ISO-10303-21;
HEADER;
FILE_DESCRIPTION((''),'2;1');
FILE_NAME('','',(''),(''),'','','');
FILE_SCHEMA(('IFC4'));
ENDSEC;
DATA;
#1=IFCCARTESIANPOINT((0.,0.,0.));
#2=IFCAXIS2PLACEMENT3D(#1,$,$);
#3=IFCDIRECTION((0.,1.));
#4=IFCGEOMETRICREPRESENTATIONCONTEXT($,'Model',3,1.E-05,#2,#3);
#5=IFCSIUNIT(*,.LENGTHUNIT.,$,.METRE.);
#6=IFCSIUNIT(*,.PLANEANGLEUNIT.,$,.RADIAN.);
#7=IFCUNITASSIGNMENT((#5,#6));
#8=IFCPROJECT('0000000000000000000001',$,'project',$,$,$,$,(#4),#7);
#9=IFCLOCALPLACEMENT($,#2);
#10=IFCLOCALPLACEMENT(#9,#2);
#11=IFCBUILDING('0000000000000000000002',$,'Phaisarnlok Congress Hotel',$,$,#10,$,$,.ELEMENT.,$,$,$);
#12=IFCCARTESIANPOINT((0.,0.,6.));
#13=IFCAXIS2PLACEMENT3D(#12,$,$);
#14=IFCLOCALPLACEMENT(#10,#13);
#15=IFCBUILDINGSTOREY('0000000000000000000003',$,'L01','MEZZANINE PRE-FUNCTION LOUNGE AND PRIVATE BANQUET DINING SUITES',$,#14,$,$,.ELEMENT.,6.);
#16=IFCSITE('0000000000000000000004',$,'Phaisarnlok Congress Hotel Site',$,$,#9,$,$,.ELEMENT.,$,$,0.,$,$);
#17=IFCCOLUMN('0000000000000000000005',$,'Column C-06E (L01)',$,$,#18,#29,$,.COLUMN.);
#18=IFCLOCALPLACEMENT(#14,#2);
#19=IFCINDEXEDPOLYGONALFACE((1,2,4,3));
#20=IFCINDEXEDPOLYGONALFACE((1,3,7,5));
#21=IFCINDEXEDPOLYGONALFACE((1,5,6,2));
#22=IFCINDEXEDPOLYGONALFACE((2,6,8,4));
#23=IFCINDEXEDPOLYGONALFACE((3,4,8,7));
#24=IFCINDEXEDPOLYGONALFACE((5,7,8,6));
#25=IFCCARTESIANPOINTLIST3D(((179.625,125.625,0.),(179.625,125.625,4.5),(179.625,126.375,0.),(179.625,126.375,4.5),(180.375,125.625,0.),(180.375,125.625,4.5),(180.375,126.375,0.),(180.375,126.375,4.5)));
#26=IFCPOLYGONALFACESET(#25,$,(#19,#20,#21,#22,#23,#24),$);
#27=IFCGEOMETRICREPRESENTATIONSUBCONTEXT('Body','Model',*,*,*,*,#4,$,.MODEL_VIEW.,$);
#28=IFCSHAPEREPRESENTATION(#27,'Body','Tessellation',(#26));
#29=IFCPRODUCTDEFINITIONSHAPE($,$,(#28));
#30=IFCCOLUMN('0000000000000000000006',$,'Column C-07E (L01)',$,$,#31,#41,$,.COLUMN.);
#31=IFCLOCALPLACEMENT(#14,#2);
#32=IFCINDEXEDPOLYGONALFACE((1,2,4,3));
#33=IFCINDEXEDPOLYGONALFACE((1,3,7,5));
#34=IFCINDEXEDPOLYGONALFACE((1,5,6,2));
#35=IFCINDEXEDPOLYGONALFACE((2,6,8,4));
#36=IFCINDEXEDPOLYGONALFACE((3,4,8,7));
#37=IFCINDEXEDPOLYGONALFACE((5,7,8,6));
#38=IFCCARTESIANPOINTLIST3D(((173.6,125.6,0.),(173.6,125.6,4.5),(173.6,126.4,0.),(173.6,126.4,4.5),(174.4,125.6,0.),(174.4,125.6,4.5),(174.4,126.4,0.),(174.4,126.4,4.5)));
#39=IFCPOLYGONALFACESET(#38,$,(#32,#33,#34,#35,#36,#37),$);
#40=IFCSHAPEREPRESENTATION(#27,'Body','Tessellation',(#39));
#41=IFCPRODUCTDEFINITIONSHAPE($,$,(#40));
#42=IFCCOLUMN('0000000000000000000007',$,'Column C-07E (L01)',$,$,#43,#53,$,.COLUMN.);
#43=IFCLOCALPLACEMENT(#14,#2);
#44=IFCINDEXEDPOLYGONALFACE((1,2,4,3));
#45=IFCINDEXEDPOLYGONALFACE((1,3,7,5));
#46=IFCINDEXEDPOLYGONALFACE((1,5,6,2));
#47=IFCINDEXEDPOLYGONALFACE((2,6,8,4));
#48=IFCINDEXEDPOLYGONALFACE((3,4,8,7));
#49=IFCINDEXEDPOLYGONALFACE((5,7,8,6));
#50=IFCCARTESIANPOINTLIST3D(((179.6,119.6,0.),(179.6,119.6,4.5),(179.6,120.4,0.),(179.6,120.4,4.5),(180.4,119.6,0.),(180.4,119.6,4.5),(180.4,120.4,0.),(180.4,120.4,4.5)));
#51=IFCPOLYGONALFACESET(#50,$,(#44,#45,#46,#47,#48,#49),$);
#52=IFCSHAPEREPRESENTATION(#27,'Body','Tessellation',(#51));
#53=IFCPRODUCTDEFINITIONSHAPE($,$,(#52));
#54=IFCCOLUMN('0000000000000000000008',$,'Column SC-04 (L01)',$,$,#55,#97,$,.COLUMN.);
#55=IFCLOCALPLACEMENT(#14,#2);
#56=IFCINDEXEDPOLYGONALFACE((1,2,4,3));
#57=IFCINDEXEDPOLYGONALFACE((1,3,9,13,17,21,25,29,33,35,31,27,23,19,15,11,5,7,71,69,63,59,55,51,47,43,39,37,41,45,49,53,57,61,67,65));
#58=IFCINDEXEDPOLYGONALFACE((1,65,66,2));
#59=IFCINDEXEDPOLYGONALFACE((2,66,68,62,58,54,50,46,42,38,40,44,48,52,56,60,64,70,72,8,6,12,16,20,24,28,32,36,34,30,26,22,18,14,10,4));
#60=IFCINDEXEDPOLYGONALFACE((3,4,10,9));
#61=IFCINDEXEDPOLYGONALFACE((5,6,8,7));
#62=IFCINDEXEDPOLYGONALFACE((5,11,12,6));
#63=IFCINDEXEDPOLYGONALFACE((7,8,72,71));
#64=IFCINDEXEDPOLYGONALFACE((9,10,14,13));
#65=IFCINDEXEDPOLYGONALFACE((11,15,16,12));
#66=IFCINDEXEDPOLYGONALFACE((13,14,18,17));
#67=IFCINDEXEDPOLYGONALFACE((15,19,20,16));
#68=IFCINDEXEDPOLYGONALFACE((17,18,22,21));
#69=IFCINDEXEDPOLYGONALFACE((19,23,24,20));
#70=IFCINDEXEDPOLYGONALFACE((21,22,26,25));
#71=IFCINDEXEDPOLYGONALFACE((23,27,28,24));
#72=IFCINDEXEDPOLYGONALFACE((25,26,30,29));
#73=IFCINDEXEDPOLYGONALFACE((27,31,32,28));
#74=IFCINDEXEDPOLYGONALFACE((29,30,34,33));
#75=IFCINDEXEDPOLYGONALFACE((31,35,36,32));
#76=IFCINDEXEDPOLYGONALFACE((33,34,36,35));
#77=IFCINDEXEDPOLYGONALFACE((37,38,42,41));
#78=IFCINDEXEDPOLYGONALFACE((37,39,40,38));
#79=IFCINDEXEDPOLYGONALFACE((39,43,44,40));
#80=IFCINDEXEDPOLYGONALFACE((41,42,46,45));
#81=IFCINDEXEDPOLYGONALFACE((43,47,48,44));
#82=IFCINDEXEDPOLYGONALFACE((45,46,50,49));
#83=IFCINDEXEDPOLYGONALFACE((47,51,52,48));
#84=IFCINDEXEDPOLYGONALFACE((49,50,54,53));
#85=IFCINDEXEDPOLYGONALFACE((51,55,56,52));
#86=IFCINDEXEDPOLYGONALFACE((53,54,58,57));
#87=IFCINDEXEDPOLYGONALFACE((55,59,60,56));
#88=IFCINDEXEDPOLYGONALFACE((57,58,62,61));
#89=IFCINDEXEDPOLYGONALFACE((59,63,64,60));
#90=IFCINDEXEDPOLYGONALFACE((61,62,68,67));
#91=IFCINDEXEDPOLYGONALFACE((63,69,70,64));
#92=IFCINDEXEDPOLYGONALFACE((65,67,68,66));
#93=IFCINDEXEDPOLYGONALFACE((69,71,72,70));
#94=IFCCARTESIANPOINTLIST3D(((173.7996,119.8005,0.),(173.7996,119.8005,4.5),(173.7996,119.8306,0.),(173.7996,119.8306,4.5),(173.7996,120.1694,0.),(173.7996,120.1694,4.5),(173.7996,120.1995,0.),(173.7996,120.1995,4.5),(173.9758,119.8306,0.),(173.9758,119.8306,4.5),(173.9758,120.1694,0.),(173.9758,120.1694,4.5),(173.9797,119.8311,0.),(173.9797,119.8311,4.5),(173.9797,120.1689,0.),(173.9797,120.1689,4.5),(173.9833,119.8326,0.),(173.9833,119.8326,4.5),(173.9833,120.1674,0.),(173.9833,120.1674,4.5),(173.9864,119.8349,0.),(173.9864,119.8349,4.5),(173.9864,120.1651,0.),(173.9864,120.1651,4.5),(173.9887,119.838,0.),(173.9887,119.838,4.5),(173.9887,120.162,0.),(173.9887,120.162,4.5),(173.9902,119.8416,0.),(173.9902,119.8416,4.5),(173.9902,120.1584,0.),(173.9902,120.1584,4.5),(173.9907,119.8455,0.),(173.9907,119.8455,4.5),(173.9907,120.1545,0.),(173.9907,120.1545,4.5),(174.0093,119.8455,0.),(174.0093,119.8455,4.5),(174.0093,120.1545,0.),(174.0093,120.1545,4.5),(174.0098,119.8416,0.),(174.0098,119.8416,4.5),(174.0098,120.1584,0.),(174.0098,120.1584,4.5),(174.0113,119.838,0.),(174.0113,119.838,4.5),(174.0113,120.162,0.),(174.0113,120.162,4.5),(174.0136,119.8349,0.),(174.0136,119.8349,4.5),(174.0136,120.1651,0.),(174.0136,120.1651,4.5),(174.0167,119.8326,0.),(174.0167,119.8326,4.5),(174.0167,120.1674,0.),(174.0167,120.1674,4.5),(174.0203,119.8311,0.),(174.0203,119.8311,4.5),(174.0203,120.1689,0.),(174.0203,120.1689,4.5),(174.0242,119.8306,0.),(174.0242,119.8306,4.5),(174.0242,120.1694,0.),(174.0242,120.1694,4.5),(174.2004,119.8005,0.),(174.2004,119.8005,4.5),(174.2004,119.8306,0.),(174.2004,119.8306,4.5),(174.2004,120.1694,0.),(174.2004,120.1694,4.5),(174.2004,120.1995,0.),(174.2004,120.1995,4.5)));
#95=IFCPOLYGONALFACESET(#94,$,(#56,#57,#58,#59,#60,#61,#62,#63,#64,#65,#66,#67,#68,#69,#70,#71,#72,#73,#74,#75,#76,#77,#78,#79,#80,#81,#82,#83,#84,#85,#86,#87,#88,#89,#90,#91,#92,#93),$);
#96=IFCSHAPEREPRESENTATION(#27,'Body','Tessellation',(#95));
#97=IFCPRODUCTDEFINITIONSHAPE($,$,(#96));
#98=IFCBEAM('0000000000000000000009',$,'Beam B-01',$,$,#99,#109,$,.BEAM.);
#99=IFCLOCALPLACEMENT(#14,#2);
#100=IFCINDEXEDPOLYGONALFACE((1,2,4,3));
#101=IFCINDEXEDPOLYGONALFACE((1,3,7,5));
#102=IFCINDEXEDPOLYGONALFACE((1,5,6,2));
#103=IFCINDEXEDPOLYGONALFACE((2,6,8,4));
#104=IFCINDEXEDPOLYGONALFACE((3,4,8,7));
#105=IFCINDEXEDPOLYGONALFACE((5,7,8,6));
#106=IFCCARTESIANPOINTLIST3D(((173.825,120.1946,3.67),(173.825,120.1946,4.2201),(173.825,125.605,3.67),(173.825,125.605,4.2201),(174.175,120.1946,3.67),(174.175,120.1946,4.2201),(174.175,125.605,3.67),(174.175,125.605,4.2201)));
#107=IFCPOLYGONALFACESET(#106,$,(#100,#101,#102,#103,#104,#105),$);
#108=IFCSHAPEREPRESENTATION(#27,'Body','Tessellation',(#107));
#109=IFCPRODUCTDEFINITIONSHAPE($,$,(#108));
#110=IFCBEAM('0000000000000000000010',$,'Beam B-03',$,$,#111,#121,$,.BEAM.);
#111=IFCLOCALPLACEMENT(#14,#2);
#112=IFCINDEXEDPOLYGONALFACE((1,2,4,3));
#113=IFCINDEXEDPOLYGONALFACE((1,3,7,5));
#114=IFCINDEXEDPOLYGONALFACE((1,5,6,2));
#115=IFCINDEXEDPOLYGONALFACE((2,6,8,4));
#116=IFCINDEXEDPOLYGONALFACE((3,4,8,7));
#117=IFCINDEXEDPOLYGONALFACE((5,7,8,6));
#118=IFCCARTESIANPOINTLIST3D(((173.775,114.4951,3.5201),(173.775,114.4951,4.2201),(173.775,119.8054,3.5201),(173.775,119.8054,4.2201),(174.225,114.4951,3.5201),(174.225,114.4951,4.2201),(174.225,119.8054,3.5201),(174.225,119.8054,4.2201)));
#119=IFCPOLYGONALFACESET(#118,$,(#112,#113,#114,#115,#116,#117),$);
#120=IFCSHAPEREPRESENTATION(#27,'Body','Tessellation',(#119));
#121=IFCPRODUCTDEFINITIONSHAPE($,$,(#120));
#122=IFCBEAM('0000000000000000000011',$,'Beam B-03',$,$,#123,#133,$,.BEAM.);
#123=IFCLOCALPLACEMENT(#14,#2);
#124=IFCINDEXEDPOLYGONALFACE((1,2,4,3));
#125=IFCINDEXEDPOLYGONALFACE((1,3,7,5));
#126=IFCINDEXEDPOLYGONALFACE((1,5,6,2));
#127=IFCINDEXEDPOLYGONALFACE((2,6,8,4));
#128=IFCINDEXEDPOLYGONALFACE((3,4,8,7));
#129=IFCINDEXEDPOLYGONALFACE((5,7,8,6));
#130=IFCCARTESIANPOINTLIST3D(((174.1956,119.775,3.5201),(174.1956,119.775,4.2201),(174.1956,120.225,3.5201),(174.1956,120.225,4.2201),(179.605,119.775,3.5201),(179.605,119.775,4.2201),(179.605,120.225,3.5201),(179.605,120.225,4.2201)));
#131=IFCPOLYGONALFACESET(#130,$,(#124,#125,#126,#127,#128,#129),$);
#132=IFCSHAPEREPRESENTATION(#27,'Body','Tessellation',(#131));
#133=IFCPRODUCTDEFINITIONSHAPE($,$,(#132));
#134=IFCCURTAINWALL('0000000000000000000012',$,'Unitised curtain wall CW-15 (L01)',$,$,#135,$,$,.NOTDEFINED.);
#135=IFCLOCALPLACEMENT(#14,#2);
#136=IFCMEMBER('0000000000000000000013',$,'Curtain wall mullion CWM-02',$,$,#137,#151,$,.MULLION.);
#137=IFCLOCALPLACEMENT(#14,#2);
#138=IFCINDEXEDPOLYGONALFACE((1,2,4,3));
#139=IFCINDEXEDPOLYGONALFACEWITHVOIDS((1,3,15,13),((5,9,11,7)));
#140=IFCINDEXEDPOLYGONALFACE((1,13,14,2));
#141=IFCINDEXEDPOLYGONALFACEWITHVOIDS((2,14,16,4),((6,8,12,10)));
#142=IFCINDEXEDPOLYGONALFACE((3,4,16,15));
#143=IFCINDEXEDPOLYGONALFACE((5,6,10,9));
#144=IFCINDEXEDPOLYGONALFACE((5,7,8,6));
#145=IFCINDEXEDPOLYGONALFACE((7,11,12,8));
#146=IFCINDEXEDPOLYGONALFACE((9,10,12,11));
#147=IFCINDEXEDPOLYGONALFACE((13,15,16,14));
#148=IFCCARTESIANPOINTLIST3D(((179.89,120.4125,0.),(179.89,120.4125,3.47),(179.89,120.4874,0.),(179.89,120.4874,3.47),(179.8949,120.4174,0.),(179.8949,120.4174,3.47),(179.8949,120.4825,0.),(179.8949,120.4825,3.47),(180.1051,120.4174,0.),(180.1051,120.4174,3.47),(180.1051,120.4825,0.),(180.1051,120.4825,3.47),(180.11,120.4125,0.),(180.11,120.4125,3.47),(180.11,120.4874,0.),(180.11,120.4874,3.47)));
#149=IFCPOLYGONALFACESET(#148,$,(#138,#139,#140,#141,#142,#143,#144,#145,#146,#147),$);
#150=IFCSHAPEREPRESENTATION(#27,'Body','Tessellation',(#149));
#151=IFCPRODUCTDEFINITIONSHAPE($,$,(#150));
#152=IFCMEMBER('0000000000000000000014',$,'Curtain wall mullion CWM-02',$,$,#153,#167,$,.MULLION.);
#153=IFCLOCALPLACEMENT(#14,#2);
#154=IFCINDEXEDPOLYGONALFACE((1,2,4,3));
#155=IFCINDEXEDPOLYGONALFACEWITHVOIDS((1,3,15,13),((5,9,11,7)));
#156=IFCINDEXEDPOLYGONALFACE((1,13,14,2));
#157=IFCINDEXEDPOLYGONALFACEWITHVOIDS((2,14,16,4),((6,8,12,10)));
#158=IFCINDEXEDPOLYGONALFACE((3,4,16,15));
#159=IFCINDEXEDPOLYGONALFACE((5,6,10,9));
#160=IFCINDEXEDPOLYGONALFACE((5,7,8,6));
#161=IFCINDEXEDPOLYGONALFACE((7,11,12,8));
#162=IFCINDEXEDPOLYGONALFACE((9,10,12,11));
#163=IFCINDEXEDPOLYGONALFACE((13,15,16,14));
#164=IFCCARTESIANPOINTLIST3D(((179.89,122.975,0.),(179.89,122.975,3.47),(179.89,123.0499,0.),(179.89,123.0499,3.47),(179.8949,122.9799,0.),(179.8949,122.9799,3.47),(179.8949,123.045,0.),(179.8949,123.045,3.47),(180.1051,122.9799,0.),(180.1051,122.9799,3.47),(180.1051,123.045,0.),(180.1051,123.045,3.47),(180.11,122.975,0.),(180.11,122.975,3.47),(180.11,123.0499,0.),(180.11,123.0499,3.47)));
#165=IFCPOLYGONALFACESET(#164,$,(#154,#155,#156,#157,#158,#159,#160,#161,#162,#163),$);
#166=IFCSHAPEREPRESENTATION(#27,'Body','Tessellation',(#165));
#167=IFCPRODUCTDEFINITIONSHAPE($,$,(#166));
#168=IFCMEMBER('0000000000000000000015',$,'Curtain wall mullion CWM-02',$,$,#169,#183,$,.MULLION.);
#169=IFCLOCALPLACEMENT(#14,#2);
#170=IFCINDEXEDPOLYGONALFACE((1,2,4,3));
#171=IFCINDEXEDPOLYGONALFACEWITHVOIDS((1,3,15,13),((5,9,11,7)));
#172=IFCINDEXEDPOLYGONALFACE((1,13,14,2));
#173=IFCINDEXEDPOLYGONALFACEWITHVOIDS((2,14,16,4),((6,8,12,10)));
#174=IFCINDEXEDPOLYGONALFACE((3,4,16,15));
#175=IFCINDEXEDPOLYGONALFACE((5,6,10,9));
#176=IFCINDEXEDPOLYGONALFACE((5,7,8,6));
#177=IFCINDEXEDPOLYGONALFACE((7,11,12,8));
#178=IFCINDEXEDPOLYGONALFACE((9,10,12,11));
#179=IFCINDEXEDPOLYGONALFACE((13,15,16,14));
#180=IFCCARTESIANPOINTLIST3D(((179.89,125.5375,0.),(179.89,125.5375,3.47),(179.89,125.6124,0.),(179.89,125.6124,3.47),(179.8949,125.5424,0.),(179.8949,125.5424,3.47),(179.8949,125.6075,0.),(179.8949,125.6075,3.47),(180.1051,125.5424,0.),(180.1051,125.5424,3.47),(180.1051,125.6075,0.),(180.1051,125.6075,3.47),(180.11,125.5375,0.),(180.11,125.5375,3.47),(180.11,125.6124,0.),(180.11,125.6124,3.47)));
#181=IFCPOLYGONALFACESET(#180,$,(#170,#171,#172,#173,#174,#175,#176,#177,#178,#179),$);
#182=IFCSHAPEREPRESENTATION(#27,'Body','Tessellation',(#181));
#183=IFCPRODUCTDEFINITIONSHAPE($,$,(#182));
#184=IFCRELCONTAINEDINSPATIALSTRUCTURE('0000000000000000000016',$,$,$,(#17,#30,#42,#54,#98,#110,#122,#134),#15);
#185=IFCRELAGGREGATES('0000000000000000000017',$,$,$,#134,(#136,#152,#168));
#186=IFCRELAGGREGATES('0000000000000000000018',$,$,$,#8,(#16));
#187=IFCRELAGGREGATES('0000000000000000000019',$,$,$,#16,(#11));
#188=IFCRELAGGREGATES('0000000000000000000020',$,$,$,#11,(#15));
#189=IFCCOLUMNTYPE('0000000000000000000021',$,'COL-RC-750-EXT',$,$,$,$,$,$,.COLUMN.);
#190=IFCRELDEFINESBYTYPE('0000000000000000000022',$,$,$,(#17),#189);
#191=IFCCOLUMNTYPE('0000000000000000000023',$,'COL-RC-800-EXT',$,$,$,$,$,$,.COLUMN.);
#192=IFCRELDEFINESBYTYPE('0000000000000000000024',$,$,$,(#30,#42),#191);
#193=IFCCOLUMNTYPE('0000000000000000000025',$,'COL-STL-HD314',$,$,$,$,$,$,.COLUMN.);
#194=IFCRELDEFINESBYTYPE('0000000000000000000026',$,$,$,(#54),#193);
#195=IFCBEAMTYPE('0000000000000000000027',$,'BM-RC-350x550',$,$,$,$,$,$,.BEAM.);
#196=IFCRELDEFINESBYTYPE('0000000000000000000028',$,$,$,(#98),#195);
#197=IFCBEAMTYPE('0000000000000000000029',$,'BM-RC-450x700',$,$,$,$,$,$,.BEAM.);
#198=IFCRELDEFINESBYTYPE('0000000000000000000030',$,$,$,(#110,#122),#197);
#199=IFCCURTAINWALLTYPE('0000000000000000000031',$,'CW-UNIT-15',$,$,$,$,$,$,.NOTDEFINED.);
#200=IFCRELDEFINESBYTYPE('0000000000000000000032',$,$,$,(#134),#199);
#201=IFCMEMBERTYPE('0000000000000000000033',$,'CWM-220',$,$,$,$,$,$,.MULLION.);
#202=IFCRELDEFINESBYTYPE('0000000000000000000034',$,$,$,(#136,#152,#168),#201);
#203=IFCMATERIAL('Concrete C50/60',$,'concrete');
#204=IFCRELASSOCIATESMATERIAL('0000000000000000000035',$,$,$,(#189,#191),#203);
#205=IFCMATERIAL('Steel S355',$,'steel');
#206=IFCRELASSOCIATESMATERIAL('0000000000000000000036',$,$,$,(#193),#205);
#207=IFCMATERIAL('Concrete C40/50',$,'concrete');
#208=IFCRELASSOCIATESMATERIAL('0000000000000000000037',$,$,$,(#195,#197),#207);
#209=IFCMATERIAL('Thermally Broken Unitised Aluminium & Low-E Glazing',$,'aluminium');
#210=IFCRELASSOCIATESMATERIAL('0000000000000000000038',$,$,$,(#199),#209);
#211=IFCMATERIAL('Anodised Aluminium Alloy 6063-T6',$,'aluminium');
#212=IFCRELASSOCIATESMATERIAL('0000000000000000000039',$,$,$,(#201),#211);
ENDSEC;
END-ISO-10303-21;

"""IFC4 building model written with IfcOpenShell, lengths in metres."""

from ifc_helpers import new_model, si_unit, direction, frame, origin, origin_2d, place, context, subcontext, project, spatial, rectangle, hollow_rectangle, i_section, extrude, material, material_profile, profile_set, type_object, element, aggregate, save


model = new_model("IFC4")

# Units and contexts
model_context = context("Model", 3, precision=1e-05, world=origin(), true_north=direction((0.0, 1.0)))
body_context = subcontext(model_context, "Body", "Model", "MODEL_VIEW")
ifc_project = project(units=[si_unit("LENGTHUNIT", "METRE"), si_unit("PLANEANGLEUNIT", "RADIAN")], contexts=[model_context])

# Site, building, storey
site_placement = place(None, origin())
site = spatial("IfcSite", under=ifc_project, at=site_placement, Name="Phaisarnlok Congress Hotel Site", CompositionType="ELEMENT", RefElevation=0.0)
building_placement = place(site_placement, origin())
building = spatial("IfcBuilding", under=site, at=building_placement, Name="Phaisarnlok Congress Hotel", CompositionType="ELEMENT")
storey_placement = place(building_placement, frame((0.0, 0.0, 6.0)))
storey = spatial("IfcBuildingStorey", under=building, at=storey_placement, Name="L01", Description="MEZZANINE PRE-FUNCTION LOUNGE AND PRIVATE BANQUET DINING SUITES", CompositionType="ELEMENT", Elevation=6.0)

# Columns
ifc_material_1 = material(Name="Concrete C50/60", Category="concrete")
ifc_material_profile_1 = material_profile(ifc_material_1, rectangle(XDim=0.75, YDim=0.75, at=origin_2d()), Name="RC 750x750")
ifc_profile_set_1 = profile_set([ifc_material_profile_1], Name="Concrete C50/60")
column_type_1 = type_object("IfcColumnType", Name="COL-RC-750-EXT", PredefinedType="COLUMN", material=ifc_profile_set_1)
column_1_placement = place(storey_placement, frame((180.0, 126.0, 0.0), z_axis=(0.0, 0.0, 1.0), x_axis=(1.0, 0.0, 0.0)))
element("IfcColumn", 1, at=column_1_placement, inside=storey, type_object=column_type_1, Name="Column C-06E (L01)", PredefinedType="COLUMN", context=body_context, shape_type="SweptSolid", body=[
    extrude(rectangle(XDim=0.75, YDim=0.75, at=origin_2d()), origin(), (0.0, 0.0, 1.0), 4.5),
])
ifc_material_profile_2 = material_profile(ifc_material_1, rectangle(XDim=0.8, YDim=0.8, at=origin_2d()), Name="RC 800x800")
ifc_profile_set_2 = profile_set([ifc_material_profile_2], Name="Concrete C50/60")
column_type_2 = type_object("IfcColumnType", Name="COL-RC-800-EXT", PredefinedType="COLUMN", material=ifc_profile_set_2)
for number, where, z_axis, x_axis, name in (
    (2, (174.0, 126.0, 0.0), (0.0, 0.0, 1.0), (1.0, 0.0, 0.0), "Column C-07E (L01)"),
    (3, (180.0, 120.0, 0.0), (0.0, 0.0, 1.0), (1.0, 0.0, 0.0), "Column C-07E (L01)"),
):
    element("IfcColumn", number, at=place(storey_placement, frame(where, z_axis=z_axis, x_axis=x_axis)), inside=storey, type_object=column_type_2, Name=name, PredefinedType="COLUMN", context=body_context, shape_type="SweptSolid", body=[
        extrude(rectangle(XDim=0.8, YDim=0.8, at=origin_2d()), origin(), (0.0, 0.0, 1.0), 4.5),
    ])
ifc_material_2 = material(Name="Steel S355", Category="steel")
ifc_material_profile_3 = material_profile(ifc_material_2, i_section(OverallWidth=0.4009, OverallDepth=0.3989, WebThickness=0.0186, FlangeThickness=0.03, FilletRadius=0.0149, at=origin_2d()), Name="HD 400x314")
ifc_profile_set_3 = profile_set([ifc_material_profile_3], Name="Steel S355")
column_type_3 = type_object("IfcColumnType", Name="COL-STL-HD314", PredefinedType="COLUMN", material=ifc_profile_set_3)
column_2_placement = place(storey_placement, frame((174.0, 120.0, 0.0), z_axis=(0.0, 0.0, 1.0), x_axis=(1.0, 0.0, 0.0)))
element("IfcColumn", 4, at=column_2_placement, inside=storey, type_object=column_type_3, Name="Column SC-04 (L01)", PredefinedType="COLUMN", context=body_context, shape_type="SweptSolid", body=[
    extrude(i_section(OverallWidth=0.4009, OverallDepth=0.3989, WebThickness=0.0186, FlangeThickness=0.03, FilletRadius=0.0149, at=origin_2d()), origin(), (0.0, 0.0, 1.0), 4.5),
])

# Beams
ifc_material_3 = material(Name="Concrete C40/50", Category="concrete")
ifc_material_profile_4 = material_profile(ifc_material_3, rectangle(XDim=0.3501, YDim=0.55, at=origin_2d()), Name="RC 350x550")
ifc_profile_set_4 = profile_set([ifc_material_profile_4], Name="Concrete C40/50")
beam_type_1 = type_object("IfcBeamType", Name="BM-RC-350x550", PredefinedType="BEAM", material=ifc_profile_set_4)
beam_1_placement = place(storey_placement, frame((174.0, 120.1946, 3.9451), z_axis=(0.0, 1.0, 0.0), x_axis=(-1.0, 0.0, 0.0)))
element("IfcBeam", 5, at=beam_1_placement, inside=storey, type_object=beam_type_1, Name="Beam B-01", PredefinedType="BEAM", context=body_context, shape_type="SweptSolid", body=[
    extrude(rectangle(XDim=0.3501, YDim=0.55, at=origin_2d()), origin(), (0.0, 0.0, 1.0), 5.4104),
])
ifc_material_profile_5 = material_profile(ifc_material_3, rectangle(XDim=0.45, YDim=0.7, at=origin_2d()), Name="RC 450x700")
ifc_profile_set_5 = profile_set([ifc_material_profile_5], Name="Concrete C40/50")
beam_type_2 = type_object("IfcBeamType", Name="BM-RC-450x700", PredefinedType="BEAM", material=ifc_profile_set_5)
beam_2_placement = place(storey_placement, frame((174.0, 114.4951, 3.8701), z_axis=(0.0, 1.0, 0.0), x_axis=(-1.0, 0.0, 0.0)))
element("IfcBeam", 6, at=beam_2_placement, inside=storey, type_object=beam_type_2, Name="Beam B-03", PredefinedType="BEAM", context=body_context, shape_type="SweptSolid", body=[
    extrude(rectangle(XDim=0.45, YDim=0.7, at=origin_2d()), origin(), (0.0, 0.0, 1.0), 5.3103),
])
beam_3_placement = place(storey_placement, frame((174.1956, 120.0, 3.8701), z_axis=(1.0, 0.0, 0.0), x_axis=(0.0, 1.0, 0.0)))
element("IfcBeam", 7, at=beam_3_placement, inside=storey, type_object=beam_type_2, Name="Beam B-03", PredefinedType="BEAM", context=body_context, shape_type="SweptSolid", body=[
    extrude(rectangle(XDim=0.45, YDim=0.7, at=origin_2d()), origin(), (0.0, 0.0, 1.0), 5.4094),
])

# Curtain wall, members
ifc_material_4 = material(Name="Thermally Broken Unitised Aluminium & Low-E Glazing", Category="aluminium")
curtain_wall_type = type_object("IfcCurtainWallType", Name="CW-UNIT-15", PredefinedType="NOTDEFINED", material=ifc_material_4)
curtain_wall_placement = place(storey_placement, origin())
curtain_wall = element("IfcCurtainWall", 8, at=curtain_wall_placement, inside=storey, type_object=curtain_wall_type, Name="Unitised curtain wall CW-15 (L01)", PredefinedType="NOTDEFINED")
ifc_material_5 = material(Name="Anodised Aluminium Alloy 6063-T6", Category="aluminium")
ifc_material_profile_6 = material_profile(ifc_material_5, hollow_rectangle(XDim=0.075, YDim=0.22, WallThickness=0.0049, at=origin_2d()), Name="ALU-M 75x220x5")
ifc_profile_set_6 = profile_set([ifc_material_profile_6], Name="Anodised Aluminium Alloy 6063-T6")
member_type_1 = type_object("IfcMemberType", Name="CWM-220", PredefinedType="MULLION", material=ifc_profile_set_6)
member_1_placement = place(storey_placement, frame((180.0, 120.45, 0.0), z_axis=(0.0, 0.0, 1.0), x_axis=(0.0, 1.0, 0.0)))
member_1 = element("IfcMember", 9, at=member_1_placement, type_object=member_type_1, Name="Curtain wall mullion CWM-02", PredefinedType="MULLION", context=body_context, shape_type="SweptSolid", body=[
    extrude(hollow_rectangle(XDim=0.075, YDim=0.22, WallThickness=0.0049, at=origin_2d()), origin(), (0.0, 0.0, 1.0), 3.47),
])
member_2_placement = place(storey_placement, frame((180.0, 123.0125, 0.0), z_axis=(0.0, 0.0, 1.0), x_axis=(0.0, 1.0, 0.0)))
member_2 = element("IfcMember", 10, at=member_2_placement, type_object=member_type_1, Name="Curtain wall mullion CWM-02", PredefinedType="MULLION", context=body_context, shape_type="SweptSolid", body=[
    extrude(hollow_rectangle(XDim=0.075, YDim=0.22, WallThickness=0.0049, at=origin_2d()), origin(), (0.0, 0.0, 1.0), 3.47),
])
member_3_placement = place(storey_placement, frame((180.0, 125.575, 0.0), z_axis=(0.0, 0.0, 1.0), x_axis=(0.0, 1.0, 0.0)))
member_3 = element("IfcMember", 11, at=member_3_placement, type_object=member_type_1, Name="Curtain wall mullion CWM-02", PredefinedType="MULLION", context=body_context, shape_type="SweptSolid", body=[
    extrude(hollow_rectangle(XDim=0.075, YDim=0.22, WallThickness=0.0049, at=origin_2d()), origin(), (0.0, 0.0, 1.0), 3.47),
])

aggregate(curtain_wall, [member_1, member_2, member_3])

save(model, "model.ifc")
